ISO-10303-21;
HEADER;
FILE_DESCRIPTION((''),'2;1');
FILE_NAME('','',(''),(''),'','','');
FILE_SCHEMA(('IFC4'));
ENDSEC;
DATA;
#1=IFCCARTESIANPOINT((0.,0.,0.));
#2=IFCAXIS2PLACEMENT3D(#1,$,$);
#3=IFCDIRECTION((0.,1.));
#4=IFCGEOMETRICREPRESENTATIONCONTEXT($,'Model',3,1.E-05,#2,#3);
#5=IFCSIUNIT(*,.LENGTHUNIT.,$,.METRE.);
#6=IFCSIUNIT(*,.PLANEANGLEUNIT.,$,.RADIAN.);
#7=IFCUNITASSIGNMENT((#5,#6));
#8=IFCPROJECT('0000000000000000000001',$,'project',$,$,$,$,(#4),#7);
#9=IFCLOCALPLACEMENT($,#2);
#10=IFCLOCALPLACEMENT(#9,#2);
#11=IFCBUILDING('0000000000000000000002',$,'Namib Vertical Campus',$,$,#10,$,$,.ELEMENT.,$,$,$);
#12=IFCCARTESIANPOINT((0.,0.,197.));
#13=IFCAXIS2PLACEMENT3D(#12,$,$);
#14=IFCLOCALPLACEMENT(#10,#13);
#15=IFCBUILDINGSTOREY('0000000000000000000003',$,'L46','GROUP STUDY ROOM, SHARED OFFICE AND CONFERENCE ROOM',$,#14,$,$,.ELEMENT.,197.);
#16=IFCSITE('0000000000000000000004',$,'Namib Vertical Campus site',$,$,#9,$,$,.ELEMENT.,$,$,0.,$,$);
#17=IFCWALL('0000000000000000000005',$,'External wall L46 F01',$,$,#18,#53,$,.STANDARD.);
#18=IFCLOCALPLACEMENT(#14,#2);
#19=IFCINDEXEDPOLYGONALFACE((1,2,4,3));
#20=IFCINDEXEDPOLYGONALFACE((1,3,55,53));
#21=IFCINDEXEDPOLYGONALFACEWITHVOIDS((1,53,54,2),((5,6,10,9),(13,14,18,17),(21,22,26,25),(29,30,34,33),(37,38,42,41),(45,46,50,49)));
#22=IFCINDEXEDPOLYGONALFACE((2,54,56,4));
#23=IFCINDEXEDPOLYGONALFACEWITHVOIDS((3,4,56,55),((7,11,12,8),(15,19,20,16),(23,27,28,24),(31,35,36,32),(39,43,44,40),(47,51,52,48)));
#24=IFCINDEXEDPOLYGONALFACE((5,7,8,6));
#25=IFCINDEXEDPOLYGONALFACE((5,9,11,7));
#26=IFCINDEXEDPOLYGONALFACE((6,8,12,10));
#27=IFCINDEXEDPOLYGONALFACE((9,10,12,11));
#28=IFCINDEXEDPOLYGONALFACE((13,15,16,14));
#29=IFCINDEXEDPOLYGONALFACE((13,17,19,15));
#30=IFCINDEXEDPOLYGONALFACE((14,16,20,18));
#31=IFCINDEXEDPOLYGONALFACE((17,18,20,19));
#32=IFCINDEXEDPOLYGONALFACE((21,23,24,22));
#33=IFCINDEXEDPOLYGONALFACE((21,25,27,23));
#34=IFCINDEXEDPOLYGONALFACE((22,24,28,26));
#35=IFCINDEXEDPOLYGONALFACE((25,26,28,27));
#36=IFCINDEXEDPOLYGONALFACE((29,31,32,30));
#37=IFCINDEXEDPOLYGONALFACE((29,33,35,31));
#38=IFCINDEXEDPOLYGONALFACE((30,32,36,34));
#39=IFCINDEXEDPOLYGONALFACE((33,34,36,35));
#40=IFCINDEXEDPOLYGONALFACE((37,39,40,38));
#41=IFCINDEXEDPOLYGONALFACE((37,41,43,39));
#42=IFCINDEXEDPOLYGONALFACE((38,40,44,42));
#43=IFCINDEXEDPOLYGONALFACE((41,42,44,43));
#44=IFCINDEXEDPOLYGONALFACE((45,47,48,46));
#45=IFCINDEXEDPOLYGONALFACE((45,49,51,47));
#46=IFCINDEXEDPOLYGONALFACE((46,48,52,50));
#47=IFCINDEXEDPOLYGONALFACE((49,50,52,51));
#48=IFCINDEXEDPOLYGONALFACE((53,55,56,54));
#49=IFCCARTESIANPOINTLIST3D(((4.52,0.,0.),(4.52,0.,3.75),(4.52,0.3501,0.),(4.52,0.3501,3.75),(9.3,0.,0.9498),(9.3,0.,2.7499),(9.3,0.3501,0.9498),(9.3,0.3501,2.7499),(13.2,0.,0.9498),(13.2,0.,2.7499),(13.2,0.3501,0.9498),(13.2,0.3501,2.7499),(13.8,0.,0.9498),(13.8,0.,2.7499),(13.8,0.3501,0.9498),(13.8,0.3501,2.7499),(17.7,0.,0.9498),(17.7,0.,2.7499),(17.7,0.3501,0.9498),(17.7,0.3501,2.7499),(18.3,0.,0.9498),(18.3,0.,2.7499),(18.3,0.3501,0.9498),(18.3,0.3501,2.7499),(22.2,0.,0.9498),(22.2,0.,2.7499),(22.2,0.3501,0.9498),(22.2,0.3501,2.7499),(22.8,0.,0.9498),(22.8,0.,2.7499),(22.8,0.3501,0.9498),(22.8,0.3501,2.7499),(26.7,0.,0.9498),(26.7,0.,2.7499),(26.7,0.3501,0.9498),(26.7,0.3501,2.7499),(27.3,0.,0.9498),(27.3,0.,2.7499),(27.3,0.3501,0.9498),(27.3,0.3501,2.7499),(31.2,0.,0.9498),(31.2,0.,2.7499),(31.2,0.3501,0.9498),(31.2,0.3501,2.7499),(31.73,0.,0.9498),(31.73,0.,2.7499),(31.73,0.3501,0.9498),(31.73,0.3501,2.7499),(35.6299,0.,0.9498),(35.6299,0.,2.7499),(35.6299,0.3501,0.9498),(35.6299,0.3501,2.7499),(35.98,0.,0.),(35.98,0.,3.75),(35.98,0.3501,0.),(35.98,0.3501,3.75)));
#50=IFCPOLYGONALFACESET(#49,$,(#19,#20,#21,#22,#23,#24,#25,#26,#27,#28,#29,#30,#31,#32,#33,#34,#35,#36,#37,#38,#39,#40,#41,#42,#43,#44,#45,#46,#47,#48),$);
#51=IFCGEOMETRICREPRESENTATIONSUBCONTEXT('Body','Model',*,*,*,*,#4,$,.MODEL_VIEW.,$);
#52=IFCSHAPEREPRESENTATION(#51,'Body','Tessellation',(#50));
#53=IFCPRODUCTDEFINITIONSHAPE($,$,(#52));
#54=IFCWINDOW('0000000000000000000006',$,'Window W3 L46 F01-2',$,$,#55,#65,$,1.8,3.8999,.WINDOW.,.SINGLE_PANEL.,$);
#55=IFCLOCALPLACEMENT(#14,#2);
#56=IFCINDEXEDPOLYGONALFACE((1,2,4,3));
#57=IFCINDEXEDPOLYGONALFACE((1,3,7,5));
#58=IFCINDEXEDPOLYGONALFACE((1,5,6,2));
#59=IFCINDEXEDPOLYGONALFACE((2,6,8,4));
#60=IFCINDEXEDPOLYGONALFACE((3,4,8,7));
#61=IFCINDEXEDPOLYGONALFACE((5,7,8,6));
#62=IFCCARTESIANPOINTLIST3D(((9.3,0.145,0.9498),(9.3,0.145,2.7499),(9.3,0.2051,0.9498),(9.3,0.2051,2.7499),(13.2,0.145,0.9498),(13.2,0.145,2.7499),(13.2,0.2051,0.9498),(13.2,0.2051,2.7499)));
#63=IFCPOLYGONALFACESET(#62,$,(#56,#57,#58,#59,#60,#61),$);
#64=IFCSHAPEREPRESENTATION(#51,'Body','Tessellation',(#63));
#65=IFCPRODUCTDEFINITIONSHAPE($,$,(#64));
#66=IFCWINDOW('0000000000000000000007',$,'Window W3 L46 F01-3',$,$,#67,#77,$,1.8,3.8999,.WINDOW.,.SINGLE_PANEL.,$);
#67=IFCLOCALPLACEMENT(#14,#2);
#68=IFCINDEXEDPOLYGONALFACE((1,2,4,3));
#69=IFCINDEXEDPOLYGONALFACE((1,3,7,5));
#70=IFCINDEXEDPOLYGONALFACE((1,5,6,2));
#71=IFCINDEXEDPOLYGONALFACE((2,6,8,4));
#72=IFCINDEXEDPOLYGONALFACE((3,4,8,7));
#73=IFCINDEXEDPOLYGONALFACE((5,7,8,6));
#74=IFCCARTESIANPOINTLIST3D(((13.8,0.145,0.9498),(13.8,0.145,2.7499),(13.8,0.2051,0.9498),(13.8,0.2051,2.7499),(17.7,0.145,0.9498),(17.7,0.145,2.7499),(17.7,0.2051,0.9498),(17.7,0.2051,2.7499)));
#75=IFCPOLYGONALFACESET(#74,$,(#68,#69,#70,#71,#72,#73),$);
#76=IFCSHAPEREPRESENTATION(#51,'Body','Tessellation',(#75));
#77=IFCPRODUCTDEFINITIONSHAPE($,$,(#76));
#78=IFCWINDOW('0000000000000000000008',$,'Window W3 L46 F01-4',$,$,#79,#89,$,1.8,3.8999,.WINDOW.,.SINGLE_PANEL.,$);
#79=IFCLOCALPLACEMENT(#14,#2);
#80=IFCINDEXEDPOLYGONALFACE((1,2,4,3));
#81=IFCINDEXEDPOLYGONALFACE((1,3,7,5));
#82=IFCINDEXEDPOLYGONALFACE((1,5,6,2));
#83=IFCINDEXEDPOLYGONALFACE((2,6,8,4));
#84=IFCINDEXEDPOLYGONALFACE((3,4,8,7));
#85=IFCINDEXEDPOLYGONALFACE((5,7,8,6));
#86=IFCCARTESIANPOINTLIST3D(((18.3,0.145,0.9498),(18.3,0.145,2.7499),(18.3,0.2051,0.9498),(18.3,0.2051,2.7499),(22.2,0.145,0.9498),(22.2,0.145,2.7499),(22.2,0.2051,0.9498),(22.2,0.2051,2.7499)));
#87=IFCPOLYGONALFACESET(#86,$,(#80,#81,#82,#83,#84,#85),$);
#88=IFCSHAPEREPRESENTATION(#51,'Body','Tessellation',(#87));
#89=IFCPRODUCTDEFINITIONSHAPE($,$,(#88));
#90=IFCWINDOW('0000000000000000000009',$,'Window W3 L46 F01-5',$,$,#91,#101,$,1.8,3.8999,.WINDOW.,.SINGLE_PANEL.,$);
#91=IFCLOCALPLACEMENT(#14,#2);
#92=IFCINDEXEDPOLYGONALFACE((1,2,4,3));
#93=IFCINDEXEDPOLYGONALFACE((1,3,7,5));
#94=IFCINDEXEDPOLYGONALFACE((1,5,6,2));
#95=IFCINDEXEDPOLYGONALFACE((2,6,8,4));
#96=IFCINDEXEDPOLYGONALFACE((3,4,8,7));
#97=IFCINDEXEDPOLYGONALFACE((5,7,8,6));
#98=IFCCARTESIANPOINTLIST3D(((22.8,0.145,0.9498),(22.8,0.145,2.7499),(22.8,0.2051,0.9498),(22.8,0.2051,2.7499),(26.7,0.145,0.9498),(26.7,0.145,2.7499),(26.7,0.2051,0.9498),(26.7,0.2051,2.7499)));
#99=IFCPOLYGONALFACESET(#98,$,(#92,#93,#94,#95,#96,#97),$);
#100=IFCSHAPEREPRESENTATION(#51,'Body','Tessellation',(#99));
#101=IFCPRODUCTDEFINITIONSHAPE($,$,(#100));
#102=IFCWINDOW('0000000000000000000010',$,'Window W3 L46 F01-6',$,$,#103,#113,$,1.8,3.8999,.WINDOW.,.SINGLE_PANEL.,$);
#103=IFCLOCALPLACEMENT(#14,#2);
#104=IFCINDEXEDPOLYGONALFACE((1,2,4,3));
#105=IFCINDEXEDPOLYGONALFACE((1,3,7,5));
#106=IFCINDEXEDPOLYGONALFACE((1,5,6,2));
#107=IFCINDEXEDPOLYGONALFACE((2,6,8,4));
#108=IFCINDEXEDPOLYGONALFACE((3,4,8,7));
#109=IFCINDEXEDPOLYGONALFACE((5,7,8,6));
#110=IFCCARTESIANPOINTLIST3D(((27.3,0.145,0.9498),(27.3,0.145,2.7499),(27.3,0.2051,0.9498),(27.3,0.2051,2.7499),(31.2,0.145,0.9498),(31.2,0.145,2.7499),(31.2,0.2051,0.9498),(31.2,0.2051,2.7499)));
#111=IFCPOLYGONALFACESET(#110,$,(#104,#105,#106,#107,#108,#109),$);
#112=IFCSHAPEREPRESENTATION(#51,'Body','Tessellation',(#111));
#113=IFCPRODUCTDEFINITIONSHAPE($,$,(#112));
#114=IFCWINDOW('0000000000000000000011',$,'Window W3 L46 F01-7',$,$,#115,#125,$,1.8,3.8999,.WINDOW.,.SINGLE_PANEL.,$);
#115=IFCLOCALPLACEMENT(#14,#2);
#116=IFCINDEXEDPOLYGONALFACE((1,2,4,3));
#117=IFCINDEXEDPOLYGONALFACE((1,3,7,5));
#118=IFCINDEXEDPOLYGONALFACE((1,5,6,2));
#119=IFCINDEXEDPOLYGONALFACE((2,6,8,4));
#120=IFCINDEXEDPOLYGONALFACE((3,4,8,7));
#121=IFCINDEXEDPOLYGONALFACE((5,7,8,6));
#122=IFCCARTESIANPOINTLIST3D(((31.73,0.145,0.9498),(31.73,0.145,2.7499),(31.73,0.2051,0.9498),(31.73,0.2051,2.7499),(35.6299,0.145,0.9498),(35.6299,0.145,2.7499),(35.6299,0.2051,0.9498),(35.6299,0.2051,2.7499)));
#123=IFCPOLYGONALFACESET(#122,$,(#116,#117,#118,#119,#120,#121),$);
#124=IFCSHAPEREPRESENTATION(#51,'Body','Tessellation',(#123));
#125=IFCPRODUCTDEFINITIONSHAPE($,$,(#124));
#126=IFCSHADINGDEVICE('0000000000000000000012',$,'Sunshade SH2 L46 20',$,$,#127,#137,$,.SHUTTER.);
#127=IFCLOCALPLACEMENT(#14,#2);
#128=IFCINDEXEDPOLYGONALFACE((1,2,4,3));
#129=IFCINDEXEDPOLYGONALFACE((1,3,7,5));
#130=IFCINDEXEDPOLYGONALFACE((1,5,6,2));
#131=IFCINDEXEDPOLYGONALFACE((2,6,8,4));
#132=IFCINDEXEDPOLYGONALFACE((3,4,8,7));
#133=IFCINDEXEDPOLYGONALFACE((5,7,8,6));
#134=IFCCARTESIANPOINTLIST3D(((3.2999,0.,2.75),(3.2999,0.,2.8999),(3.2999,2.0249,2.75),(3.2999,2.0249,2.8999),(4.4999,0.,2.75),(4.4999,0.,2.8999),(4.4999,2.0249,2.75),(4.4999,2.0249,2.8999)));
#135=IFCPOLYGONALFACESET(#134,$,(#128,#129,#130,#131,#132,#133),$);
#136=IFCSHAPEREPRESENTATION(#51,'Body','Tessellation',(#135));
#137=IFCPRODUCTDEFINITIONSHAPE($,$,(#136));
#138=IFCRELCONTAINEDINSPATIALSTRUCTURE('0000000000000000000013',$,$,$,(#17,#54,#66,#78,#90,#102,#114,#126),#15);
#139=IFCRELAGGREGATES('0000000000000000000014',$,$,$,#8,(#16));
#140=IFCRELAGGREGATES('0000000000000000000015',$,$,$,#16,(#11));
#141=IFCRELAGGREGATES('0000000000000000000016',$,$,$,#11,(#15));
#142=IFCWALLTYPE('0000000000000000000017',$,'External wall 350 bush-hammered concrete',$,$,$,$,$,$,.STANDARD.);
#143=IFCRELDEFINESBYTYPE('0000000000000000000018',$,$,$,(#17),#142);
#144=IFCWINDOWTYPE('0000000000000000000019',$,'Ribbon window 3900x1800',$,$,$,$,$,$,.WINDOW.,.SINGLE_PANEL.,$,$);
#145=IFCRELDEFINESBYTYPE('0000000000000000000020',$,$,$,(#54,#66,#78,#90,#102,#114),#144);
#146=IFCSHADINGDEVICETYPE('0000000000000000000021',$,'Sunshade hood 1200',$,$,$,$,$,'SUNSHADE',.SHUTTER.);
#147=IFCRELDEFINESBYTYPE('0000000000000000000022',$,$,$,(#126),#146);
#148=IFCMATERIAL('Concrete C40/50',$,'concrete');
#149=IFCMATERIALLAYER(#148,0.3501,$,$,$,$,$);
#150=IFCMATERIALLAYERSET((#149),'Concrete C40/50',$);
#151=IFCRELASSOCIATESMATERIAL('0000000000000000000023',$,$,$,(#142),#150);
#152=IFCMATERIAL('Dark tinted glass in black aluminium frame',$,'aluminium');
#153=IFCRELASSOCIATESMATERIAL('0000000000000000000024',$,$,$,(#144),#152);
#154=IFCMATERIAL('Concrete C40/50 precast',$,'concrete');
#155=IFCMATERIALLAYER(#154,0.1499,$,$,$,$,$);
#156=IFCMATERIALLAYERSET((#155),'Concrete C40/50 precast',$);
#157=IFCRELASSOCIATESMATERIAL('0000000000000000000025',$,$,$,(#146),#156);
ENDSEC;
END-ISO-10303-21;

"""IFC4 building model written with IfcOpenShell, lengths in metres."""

from ifc_helpers import new_model, si_unit, direction, frame, frame_2d, origin, origin_2d, place, context, subcontext, project, spatial, rectangle, extrude, material, layer, layer_set, type_object, element, fill, save


model = new_model("IFC4")

# Units and contexts
model_context = context("Model", 3, precision=1e-05, world=origin(), true_north=direction((0.0, 1.0)))
body_context = subcontext(model_context, "Body", "Model", "MODEL_VIEW")
ifc_project = project(units=[si_unit("LENGTHUNIT", "METRE"), si_unit("PLANEANGLEUNIT", "RADIAN")], contexts=[model_context])

# Site, building, storey
site_placement = place(None, origin())
site = spatial("IfcSite", under=ifc_project, at=site_placement, Name="Namib Vertical Campus site", CompositionType="ELEMENT", RefElevation=0.0)
building_placement = place(site_placement, origin())
building = spatial("IfcBuilding", under=site, at=building_placement, Name="Namib Vertical Campus", CompositionType="ELEMENT")
storey_placement = place(building_placement, frame((0.0, 0.0, 197.0)))
storey = spatial("IfcBuildingStorey", under=building, at=storey_placement, Name="L46", Description="GROUP STUDY ROOM, SHARED OFFICE AND CONFERENCE ROOM", CompositionType="ELEMENT", Elevation=197.0)

# Wall, openings, windows
ifc_material_1 = material(Name="Concrete C40/50", Category="concrete")
ifc_layer_1 = layer(ifc_material_1, 0.3501)
ifc_layer_set_1 = layer_set([ifc_layer_1], Name="Concrete C40/50")
wall_type = type_object("IfcWallType", Name="External wall 350 bush-hammered concrete", PredefinedType="STANDARD", material=ifc_layer_set_1)
wall_placement = place(storey_placement, frame((4.52, 0.175, 0.0), z_axis=(0.0, 0.0, 1.0), x_axis=(1.0, 0.0, 0.0)))
wall = element("IfcWall", 1, at=wall_placement, inside=storey, type_object=wall_type, Name="External wall L46 F01", PredefinedType="STANDARD", context=body_context, shape_type="SweptSolid", body=[
    extrude(rectangle(XDim=31.46, YDim=0.3501, at=frame_2d((15.73, 0.0))), origin(), (0.0, 0.0, 1.0), 3.75),
])
opening_1_placement = place(wall_placement, frame((4.78, 0.0, 0.95)))
opening_1 = element("IfcOpeningElement", 2, at=opening_1_placement, cuts=wall, PredefinedType="OPENING", context=body_context, shape_type="SweptSolid", body=[
    extrude(rectangle(XDim=3.8999, YDim=1.8, at=frame_2d((1.95, 0.8999))), frame((0.0, 0.1851, 0.0), z_axis=(0.0, -1.0, 0.0), x_axis=(1.0, 0.0, 0.0)), (0.0, 0.0, 1.0), 0.3701),
])
opening_2_placement = place(wall_placement, frame((9.28, 0.0, 0.95)))
opening_2 = element("IfcOpeningElement", 3, at=opening_2_placement, cuts=wall, PredefinedType="OPENING", context=body_context, shape_type="SweptSolid", body=[
    extrude(rectangle(XDim=3.8999, YDim=1.8, at=frame_2d((1.95, 0.8999))), frame((0.0, 0.1851, 0.0), z_axis=(0.0, -1.0, 0.0), x_axis=(1.0, 0.0, 0.0)), (0.0, 0.0, 1.0), 0.3701),
])
opening_3_placement = place(wall_placement, frame((13.78, 0.0, 0.95)))
opening_3 = element("IfcOpeningElement", 4, at=opening_3_placement, cuts=wall, PredefinedType="OPENING", context=body_context, shape_type="SweptSolid", body=[
    extrude(rectangle(XDim=3.8999, YDim=1.8, at=frame_2d((1.95, 0.8999))), frame((0.0, 0.1851, 0.0), z_axis=(0.0, -1.0, 0.0), x_axis=(1.0, 0.0, 0.0)), (0.0, 0.0, 1.0), 0.3701),
])
opening_4_placement = place(wall_placement, frame((18.28, 0.0, 0.95)))
opening_4 = element("IfcOpeningElement", 5, at=opening_4_placement, cuts=wall, PredefinedType="OPENING", context=body_context, shape_type="SweptSolid", body=[
    extrude(rectangle(XDim=3.8999, YDim=1.8, at=frame_2d((1.95, 0.8999))), frame((0.0, 0.1851, 0.0), z_axis=(0.0, -1.0, 0.0), x_axis=(1.0, 0.0, 0.0)), (0.0, 0.0, 1.0), 0.3701),
])
opening_5_placement = place(wall_placement, frame((22.78, 0.0, 0.95)))
opening_5 = element("IfcOpeningElement", 6, at=opening_5_placement, cuts=wall, PredefinedType="OPENING", context=body_context, shape_type="SweptSolid", body=[
    extrude(rectangle(XDim=3.8999, YDim=1.8, at=frame_2d((1.95, 0.8999))), frame((0.0, 0.1851, 0.0), z_axis=(0.0, -1.0, 0.0), x_axis=(1.0, 0.0, 0.0)), (0.0, 0.0, 1.0), 0.3701),
])
opening_6_placement = place(wall_placement, frame((27.21, 0.0, 0.95)))
opening_6 = element("IfcOpeningElement", 7, at=opening_6_placement, cuts=wall, PredefinedType="OPENING", context=body_context, shape_type="SweptSolid", body=[
    extrude(rectangle(XDim=3.8999, YDim=1.8, at=frame_2d((1.95, 0.8999))), frame((0.0, 0.1851, 0.0), z_axis=(0.0, -1.0, 0.0), x_axis=(1.0, 0.0, 0.0)), (0.0, 0.0, 1.0), 0.3701),
])
ifc_material_2 = material(Name="Dark tinted glass in black aluminium frame", Category="aluminium")
window_type = type_object("IfcWindowType", Name="Ribbon window 3900x1800", PartitioningType="SINGLE_PANEL", PredefinedType="WINDOW", material=ifc_material_2)
window_1_placement = place(opening_1_placement, origin())
window_1 = element("IfcWindow", 8, at=window_1_placement, inside=storey, type_object=window_type, Name="Window W3 L46 F01-2", OverallHeight=1.8, OverallWidth=3.8999, PartitioningType="SINGLE_PANEL", PredefinedType="WINDOW", context=body_context, shape_type="SweptSolid", body=[
    extrude(rectangle(XDim=3.8999, YDim=1.8, at=frame_2d((1.95, 0.8999))), frame((0.0, 0.03, 0.0), z_axis=(0.0, -1.0, 0.0), x_axis=(1.0, 0.0, 0.0)), (0.0, 0.0, 1.0), 0.0601),
])
fill(opening_1, window_1)
window_2_placement = place(opening_2_placement, origin())
window_2 = element("IfcWindow", 9, at=window_2_placement, inside=storey, type_object=window_type, Name="Window W3 L46 F01-3", OverallHeight=1.8, OverallWidth=3.8999, PartitioningType="SINGLE_PANEL", PredefinedType="WINDOW", context=body_context, shape_type="SweptSolid", body=[
    extrude(rectangle(XDim=3.8999, YDim=1.8, at=frame_2d((1.95, 0.8999))), frame((0.0, 0.03, 0.0), z_axis=(0.0, -1.0, 0.0), x_axis=(1.0, 0.0, 0.0)), (0.0, 0.0, 1.0), 0.0601),
])
fill(opening_2, window_2)
window_3_placement = place(opening_3_placement, origin())
window_3 = element("IfcWindow", 10, at=window_3_placement, inside=storey, type_object=window_type, Name="Window W3 L46 F01-4", OverallHeight=1.8, OverallWidth=3.8999, PartitioningType="SINGLE_PANEL", PredefinedType="WINDOW", context=body_context, shape_type="SweptSolid", body=[
    extrude(rectangle(XDim=3.8999, YDim=1.8, at=frame_2d((1.95, 0.8999))), frame((0.0, 0.03, 0.0), z_axis=(0.0, -1.0, 0.0), x_axis=(1.0, 0.0, 0.0)), (0.0, 0.0, 1.0), 0.0601),
])
fill(opening_3, window_3)
window_4_placement = place(opening_4_placement, origin())
window_4 = element("IfcWindow", 11, at=window_4_placement, inside=storey, type_object=window_type, Name="Window W3 L46 F01-5", OverallHeight=1.8, OverallWidth=3.8999, PartitioningType="SINGLE_PANEL", PredefinedType="WINDOW", context=body_context, shape_type="SweptSolid", body=[
    extrude(rectangle(XDim=3.8999, YDim=1.8, at=frame_2d((1.95, 0.8999))), frame((0.0, 0.03, 0.0), z_axis=(0.0, -1.0, 0.0), x_axis=(1.0, 0.0, 0.0)), (0.0, 0.0, 1.0), 0.0601),
])
fill(opening_4, window_4)
window_5_placement = place(opening_5_placement, origin())
window_5 = element("IfcWindow", 12, at=window_5_placement, inside=storey, type_object=window_type, Name="Window W3 L46 F01-6", OverallHeight=1.8, OverallWidth=3.8999, PartitioningType="SINGLE_PANEL", PredefinedType="WINDOW", context=body_context, shape_type="SweptSolid", body=[
    extrude(rectangle(XDim=3.8999, YDim=1.8, at=frame_2d((1.95, 0.8999))), frame((0.0, 0.03, 0.0), z_axis=(0.0, -1.0, 0.0), x_axis=(1.0, 0.0, 0.0)), (0.0, 0.0, 1.0), 0.0601),
])
fill(opening_5, window_5)
window_6_placement = place(opening_6_placement, origin())
window_6 = element("IfcWindow", 13, at=window_6_placement, inside=storey, type_object=window_type, Name="Window W3 L46 F01-7", OverallHeight=1.8, OverallWidth=3.8999, PartitioningType="SINGLE_PANEL", PredefinedType="WINDOW", context=body_context, shape_type="SweptSolid", body=[
    extrude(rectangle(XDim=3.8999, YDim=1.8, at=frame_2d((1.95, 0.8999))), frame((0.0, 0.03, 0.0), z_axis=(0.0, -1.0, 0.0), x_axis=(1.0, 0.0, 0.0)), (0.0, 0.0, 1.0), 0.0601),
])
fill(opening_6, window_6)

# Shading device
ifc_material_3 = material(Name="Concrete C40/50 precast", Category="concrete")
ifc_layer_2 = layer(ifc_material_3, 0.1499)
ifc_layer_set_2 = layer_set([ifc_layer_2], Name="Concrete C40/50 precast")
shading_device_type = type_object("IfcShadingDeviceType", Name="Sunshade hood 1200", ElementType="SUNSHADE", PredefinedType="SHUTTER", material=ifc_layer_set_2)
shading_device_placement = place(storey_placement, frame((3.8999, 1.0125, 2.75), z_axis=(0.0, 0.0, 1.0), x_axis=(0.0, -1.0, 0.0)))
element("IfcShadingDevice", 14, at=shading_device_placement, inside=storey, type_object=shading_device_type, Name="Sunshade SH2 L46 20", PredefinedType="SHUTTER", context=body_context, shape_type="SweptSolid", body=[
    extrude(rectangle(XDim=2.0249, YDim=1.2, at=origin_2d()), origin(), (0.0, 0.0, 1.0), 0.1499),
])

save(model, "model.ifc")
